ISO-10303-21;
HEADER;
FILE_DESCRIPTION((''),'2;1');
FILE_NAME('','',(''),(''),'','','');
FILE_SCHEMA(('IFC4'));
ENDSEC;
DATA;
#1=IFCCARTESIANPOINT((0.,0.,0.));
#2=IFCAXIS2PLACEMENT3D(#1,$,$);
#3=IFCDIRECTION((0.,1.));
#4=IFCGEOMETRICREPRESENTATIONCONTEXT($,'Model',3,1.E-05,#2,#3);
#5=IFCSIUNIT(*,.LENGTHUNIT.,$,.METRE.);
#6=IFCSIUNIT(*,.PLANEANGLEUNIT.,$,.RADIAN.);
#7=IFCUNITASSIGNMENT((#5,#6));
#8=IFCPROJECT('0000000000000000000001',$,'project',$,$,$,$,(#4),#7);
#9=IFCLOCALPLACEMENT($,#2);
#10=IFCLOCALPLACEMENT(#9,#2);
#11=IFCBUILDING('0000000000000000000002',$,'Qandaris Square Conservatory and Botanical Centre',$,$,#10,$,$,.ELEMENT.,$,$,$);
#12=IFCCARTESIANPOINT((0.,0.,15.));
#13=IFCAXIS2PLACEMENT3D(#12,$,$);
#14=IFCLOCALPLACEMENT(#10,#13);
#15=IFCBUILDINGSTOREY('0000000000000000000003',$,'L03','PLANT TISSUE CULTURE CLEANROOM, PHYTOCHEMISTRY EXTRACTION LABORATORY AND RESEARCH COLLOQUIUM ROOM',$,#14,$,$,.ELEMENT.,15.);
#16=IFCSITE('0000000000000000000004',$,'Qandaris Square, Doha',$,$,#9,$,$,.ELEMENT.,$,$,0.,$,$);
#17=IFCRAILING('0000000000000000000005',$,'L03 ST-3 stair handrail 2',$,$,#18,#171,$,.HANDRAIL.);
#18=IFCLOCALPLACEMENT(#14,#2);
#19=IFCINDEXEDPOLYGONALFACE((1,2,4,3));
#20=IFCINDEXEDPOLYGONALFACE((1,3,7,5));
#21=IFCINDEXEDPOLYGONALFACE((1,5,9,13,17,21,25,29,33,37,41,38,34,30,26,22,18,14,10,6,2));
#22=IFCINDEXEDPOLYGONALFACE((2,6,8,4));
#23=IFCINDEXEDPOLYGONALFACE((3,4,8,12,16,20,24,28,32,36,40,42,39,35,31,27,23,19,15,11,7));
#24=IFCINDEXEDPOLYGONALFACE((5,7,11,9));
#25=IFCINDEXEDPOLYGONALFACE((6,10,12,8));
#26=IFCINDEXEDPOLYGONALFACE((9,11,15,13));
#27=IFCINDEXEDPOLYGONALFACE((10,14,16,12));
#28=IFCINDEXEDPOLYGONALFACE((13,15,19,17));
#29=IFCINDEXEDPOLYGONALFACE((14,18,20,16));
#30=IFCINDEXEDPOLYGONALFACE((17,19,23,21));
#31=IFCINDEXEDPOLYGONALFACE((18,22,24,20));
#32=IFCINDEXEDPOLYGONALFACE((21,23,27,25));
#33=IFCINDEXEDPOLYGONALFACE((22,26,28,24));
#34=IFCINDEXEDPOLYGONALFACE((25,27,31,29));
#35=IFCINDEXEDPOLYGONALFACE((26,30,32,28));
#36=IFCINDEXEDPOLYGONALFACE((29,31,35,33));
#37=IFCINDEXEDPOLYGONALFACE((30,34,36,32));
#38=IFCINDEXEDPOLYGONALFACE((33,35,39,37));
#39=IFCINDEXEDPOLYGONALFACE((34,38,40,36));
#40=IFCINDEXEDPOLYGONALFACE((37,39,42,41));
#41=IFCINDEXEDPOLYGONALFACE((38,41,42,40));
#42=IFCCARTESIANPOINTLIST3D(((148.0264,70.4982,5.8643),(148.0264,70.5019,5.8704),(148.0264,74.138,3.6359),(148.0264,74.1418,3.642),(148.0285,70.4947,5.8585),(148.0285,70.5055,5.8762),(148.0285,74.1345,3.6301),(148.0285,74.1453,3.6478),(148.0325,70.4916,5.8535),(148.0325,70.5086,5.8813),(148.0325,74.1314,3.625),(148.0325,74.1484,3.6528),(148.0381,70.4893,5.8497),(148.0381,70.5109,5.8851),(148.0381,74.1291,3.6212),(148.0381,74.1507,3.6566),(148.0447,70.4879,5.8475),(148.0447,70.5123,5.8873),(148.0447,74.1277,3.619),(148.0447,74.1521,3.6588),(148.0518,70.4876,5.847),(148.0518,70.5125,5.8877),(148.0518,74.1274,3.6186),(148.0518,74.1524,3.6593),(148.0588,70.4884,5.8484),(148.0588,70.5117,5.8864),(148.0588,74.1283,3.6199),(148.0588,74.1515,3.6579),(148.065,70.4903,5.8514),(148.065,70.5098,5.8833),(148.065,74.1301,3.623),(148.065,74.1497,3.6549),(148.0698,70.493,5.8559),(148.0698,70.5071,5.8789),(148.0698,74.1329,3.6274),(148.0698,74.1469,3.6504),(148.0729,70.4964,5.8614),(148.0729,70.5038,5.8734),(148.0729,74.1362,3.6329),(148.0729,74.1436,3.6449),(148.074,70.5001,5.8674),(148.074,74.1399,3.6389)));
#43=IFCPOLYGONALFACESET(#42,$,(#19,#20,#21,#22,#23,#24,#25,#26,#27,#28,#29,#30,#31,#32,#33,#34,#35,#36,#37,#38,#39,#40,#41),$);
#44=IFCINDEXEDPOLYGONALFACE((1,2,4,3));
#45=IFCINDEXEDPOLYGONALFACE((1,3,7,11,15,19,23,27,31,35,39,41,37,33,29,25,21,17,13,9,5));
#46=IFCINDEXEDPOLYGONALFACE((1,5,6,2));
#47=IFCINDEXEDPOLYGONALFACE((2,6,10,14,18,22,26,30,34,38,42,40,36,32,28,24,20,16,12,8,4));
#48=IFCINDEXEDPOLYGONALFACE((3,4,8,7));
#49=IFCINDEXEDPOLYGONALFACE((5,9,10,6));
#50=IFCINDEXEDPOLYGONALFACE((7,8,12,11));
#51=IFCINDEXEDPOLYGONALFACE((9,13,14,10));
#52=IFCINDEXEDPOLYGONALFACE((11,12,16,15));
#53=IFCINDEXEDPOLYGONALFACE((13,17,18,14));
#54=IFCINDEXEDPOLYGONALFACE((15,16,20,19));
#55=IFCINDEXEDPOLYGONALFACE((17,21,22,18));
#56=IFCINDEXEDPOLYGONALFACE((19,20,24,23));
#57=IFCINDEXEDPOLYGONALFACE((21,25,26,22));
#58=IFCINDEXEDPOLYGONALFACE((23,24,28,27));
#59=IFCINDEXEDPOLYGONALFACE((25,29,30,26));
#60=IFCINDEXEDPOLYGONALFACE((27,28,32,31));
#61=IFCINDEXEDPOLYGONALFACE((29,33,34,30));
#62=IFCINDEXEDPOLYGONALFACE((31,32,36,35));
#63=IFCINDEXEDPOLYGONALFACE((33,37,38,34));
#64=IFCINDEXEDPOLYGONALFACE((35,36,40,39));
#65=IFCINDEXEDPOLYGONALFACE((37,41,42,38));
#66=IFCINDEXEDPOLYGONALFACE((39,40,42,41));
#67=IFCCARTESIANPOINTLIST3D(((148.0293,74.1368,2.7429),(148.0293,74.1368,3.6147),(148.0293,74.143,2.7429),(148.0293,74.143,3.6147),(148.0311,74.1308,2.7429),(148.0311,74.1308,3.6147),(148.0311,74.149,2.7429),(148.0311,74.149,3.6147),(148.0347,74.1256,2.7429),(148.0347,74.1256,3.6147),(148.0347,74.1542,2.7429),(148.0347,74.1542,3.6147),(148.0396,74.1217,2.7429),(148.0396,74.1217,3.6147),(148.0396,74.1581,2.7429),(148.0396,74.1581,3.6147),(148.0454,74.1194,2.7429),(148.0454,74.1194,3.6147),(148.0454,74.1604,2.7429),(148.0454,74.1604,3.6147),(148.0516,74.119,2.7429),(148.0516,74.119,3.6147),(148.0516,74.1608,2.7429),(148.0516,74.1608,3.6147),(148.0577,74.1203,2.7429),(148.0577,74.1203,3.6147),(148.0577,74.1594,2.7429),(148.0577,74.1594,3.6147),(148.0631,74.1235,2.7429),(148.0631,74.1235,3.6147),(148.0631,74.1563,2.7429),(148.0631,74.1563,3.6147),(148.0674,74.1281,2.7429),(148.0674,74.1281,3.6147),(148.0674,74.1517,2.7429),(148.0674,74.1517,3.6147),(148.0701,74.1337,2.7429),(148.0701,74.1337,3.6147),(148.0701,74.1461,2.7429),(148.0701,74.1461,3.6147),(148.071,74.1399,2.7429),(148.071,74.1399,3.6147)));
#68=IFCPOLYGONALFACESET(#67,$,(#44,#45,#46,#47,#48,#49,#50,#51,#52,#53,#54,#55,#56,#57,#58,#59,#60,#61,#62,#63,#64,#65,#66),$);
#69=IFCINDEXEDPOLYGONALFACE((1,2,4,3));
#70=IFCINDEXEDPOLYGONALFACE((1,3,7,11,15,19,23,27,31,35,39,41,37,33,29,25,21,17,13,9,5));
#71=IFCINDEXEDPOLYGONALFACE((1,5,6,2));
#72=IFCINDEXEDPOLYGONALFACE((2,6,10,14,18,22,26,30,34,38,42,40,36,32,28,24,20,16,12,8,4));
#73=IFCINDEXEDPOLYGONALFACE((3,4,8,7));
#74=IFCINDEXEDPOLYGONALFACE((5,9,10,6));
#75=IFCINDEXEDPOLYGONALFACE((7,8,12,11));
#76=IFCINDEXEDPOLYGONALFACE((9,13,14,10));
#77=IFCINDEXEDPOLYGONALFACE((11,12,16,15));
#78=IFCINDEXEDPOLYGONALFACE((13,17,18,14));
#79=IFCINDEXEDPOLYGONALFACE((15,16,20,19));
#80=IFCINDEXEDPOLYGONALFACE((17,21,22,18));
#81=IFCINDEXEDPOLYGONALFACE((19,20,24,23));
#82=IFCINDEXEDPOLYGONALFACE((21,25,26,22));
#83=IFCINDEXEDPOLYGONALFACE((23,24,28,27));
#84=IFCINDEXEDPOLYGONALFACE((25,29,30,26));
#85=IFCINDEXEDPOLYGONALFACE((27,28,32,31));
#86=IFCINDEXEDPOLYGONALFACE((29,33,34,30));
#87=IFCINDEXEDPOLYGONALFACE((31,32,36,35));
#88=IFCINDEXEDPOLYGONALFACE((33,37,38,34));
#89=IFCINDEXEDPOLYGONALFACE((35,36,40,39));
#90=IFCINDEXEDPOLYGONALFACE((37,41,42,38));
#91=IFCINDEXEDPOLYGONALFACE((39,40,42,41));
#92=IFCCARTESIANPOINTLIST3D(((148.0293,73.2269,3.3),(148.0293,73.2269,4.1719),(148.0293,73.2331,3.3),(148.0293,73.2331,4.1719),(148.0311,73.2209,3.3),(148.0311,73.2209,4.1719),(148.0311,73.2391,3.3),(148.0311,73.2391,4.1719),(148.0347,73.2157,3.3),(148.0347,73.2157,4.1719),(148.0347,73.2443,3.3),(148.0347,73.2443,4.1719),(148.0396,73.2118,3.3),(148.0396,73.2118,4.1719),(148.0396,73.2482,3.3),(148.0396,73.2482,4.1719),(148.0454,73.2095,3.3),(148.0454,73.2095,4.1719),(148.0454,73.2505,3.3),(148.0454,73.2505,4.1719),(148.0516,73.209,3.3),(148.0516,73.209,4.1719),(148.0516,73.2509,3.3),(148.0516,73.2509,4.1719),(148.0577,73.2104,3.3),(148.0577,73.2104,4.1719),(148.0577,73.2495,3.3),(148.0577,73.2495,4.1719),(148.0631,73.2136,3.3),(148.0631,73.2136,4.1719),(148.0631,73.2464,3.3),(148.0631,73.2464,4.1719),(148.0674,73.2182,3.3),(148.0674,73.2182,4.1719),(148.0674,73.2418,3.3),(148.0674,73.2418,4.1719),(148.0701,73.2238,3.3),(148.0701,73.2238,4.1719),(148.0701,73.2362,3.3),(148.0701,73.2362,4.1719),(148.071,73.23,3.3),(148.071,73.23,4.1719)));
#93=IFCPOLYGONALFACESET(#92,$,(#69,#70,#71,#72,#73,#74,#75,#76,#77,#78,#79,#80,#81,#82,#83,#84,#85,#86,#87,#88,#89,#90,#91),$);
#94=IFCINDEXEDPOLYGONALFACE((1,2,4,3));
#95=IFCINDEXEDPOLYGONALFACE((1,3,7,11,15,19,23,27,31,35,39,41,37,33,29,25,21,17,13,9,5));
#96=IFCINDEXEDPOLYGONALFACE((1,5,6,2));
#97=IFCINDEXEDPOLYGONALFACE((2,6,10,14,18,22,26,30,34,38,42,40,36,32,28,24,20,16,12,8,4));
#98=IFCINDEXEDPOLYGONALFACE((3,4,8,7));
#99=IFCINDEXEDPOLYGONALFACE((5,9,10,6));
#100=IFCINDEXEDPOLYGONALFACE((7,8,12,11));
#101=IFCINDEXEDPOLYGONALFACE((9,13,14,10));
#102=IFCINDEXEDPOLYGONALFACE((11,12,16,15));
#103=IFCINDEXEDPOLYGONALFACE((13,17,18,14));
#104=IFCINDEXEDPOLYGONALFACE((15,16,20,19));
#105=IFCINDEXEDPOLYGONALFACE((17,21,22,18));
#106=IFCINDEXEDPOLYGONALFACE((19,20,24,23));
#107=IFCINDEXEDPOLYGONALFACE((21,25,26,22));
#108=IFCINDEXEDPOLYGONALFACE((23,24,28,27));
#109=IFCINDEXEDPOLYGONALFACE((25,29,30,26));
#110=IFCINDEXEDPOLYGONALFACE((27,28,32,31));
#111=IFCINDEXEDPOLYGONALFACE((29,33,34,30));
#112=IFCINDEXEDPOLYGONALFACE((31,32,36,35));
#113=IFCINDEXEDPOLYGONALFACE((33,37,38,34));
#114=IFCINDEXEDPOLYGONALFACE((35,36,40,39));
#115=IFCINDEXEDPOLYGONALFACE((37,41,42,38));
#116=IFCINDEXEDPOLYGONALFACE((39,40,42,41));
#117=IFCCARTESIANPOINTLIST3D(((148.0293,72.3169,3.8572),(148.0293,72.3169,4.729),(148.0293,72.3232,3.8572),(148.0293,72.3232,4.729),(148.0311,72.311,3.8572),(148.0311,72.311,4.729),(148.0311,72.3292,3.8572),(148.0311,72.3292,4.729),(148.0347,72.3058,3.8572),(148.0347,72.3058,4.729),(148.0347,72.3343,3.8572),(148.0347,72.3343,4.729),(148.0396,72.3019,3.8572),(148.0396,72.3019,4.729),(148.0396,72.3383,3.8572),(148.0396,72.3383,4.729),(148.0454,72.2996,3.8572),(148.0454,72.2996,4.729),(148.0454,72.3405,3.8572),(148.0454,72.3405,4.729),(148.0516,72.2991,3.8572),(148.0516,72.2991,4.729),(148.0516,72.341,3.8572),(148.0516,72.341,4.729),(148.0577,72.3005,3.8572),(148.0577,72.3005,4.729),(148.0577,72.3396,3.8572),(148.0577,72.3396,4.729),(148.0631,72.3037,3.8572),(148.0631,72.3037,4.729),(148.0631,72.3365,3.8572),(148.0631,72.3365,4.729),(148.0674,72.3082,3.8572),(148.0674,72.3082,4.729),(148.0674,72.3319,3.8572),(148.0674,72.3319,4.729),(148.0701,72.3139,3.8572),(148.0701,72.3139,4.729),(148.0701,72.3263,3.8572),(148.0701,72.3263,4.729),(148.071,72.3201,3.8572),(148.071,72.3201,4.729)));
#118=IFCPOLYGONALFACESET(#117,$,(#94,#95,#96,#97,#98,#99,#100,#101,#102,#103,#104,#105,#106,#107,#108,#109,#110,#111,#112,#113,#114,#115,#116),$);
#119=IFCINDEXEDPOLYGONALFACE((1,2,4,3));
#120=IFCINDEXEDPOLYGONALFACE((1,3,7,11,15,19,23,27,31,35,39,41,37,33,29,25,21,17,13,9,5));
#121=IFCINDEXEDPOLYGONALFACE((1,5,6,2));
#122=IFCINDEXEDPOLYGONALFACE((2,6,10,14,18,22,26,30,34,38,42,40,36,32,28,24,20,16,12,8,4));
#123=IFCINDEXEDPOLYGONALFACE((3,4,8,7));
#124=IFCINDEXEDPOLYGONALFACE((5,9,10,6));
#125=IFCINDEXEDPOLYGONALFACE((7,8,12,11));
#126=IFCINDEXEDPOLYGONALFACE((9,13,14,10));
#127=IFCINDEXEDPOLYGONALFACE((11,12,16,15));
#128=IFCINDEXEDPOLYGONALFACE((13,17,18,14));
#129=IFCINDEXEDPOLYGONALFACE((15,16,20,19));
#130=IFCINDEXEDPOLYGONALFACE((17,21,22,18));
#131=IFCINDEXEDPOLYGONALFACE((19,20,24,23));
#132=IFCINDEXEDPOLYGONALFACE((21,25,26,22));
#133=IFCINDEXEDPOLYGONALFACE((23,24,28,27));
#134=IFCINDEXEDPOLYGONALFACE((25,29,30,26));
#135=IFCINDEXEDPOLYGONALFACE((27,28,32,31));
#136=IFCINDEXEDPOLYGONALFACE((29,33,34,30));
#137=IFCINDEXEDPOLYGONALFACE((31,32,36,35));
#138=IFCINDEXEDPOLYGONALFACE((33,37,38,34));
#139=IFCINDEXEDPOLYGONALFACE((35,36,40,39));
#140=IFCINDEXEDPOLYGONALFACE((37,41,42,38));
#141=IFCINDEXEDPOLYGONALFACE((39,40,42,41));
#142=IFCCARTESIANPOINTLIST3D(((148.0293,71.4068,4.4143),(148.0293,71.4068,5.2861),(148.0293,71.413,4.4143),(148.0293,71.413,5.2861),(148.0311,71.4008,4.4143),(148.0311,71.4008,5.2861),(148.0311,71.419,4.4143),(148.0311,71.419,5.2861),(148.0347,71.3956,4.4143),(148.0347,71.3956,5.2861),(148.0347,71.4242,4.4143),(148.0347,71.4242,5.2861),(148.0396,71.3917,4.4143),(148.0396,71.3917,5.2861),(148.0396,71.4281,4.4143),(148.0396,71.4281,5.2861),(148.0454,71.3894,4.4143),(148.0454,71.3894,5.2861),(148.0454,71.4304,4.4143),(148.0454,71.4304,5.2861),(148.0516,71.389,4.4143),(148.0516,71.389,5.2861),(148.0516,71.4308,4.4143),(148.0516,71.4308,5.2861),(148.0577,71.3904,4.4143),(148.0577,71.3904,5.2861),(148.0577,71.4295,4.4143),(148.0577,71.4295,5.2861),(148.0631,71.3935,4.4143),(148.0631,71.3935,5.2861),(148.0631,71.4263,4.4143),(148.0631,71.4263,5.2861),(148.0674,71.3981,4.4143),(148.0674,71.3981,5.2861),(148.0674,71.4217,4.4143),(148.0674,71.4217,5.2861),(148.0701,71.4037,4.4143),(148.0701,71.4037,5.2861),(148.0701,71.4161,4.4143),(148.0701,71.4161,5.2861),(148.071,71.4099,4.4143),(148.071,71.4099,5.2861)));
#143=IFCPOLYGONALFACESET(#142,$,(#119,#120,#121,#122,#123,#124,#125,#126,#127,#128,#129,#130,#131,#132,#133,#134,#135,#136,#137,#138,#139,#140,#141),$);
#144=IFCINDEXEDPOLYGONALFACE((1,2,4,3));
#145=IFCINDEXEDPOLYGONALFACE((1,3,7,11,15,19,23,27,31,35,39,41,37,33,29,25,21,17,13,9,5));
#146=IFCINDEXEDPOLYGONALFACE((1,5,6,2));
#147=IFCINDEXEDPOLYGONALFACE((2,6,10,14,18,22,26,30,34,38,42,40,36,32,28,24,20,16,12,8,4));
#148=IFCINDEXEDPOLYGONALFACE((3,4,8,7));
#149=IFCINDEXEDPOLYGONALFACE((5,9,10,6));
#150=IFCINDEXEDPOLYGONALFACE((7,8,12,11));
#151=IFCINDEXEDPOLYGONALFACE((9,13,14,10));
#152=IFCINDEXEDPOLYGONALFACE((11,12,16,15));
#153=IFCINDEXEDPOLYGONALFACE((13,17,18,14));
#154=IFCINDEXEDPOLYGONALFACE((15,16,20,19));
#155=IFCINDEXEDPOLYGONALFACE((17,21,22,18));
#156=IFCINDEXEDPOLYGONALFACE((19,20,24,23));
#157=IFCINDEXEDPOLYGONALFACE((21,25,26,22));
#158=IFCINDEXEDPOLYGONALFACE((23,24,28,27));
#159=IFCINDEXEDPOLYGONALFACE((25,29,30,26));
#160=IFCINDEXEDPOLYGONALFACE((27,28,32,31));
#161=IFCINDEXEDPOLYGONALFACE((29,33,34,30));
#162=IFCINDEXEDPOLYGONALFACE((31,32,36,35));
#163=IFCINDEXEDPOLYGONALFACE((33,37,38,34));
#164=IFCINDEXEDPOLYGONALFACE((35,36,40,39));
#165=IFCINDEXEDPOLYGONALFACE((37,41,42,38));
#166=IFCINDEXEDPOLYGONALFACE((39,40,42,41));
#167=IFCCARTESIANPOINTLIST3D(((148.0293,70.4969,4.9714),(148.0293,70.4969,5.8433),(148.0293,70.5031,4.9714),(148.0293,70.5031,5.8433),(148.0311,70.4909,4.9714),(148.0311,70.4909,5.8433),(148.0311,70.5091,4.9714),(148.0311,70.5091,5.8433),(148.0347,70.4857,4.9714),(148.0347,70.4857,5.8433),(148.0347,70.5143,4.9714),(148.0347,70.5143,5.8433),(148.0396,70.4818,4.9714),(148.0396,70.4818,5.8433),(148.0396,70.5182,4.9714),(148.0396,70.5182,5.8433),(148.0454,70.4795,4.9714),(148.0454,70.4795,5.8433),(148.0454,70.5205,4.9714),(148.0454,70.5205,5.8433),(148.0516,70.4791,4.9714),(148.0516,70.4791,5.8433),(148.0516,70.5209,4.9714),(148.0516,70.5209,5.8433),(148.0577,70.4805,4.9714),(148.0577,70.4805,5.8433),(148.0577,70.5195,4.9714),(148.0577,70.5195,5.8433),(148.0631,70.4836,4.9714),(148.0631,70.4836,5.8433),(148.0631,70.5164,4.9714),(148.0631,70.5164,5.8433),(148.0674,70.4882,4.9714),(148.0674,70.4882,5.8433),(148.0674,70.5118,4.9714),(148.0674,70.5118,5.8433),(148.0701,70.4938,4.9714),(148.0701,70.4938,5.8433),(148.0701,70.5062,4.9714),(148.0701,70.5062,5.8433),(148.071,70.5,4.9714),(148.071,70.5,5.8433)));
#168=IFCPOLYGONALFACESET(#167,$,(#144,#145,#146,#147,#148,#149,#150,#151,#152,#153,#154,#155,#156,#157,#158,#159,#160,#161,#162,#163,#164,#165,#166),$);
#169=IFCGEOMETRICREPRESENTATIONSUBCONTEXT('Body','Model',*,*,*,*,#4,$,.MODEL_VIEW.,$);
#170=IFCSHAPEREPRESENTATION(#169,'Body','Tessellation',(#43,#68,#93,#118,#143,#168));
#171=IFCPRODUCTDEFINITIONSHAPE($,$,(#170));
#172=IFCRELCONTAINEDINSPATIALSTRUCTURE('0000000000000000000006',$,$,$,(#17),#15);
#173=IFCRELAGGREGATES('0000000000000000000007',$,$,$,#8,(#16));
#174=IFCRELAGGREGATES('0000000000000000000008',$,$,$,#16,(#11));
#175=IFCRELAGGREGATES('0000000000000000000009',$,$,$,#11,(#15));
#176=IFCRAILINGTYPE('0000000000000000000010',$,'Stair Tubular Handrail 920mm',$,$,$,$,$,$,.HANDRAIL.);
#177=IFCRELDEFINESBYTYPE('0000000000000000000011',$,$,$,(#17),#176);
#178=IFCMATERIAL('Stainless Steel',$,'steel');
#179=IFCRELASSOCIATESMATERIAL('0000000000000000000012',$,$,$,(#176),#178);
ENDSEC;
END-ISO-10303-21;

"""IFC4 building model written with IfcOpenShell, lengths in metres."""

from ifc_helpers import new_model, si_unit, direction, frame, origin, origin_2d, place, context, subcontext, project, spatial, circle, extrude, material, type_object, element, save


model = new_model("IFC4")

# Units and contexts
model_context = context("Model", 3, precision=1e-05, world=origin(), true_north=direction((0.0, 1.0)))
body_context = subcontext(model_context, "Body", "Model", "MODEL_VIEW")
ifc_project = project(units=[si_unit("LENGTHUNIT", "METRE"), si_unit("PLANEANGLEUNIT", "RADIAN")], contexts=[model_context])

# Site, building, storey
site_placement = place(None, origin())
site = spatial("IfcSite", under=ifc_project, at=site_placement, Name="Qandaris Square, Doha", CompositionType="ELEMENT", RefElevation=0.0)
building_placement = place(site_placement, origin())
building = spatial("IfcBuilding", under=site, at=building_placement, Name="Qandaris Square Conservatory and Botanical Centre", CompositionType="ELEMENT")
storey_placement = place(building_placement, frame((0.0, 0.0, 15.0)))
storey = spatial("IfcBuildingStorey", under=building, at=storey_placement, Name="L03", Description="PLANT TISSUE CULTURE CLEANROOM, PHYTOCHEMISTRY EXTRACTION LABORATORY AND RESEARCH COLLOQUIUM ROOM", CompositionType="ELEMENT", Elevation=15.0)

# Railing
ifc_material_1 = material(Name="Stainless Steel", Category="steel")
railing_type_1 = type_object("IfcRailingType", Name="Stair Tubular Handrail 920mm", PredefinedType="HANDRAIL", material=ifc_material_1)
railing_1_placement = place(storey_placement, frame((148.05, 74.1399, 2.7429)))
element("IfcRailing", 1, at=railing_1_placement, inside=storey, type_object=railing_type_1, Name="L03 ST-3 stair handrail 2", PredefinedType="HANDRAIL", context=body_context, shape_type="SweptSolid", body=[
    extrude(circle(Radius=0.0239, at=origin_2d()), frame((0.0, 0.0, 0.896), z_axis=(0.0, -0.85285, 0.522156), x_axis=(1.0, 0.0, 0.0)), (0.0, 0.0, 1.0), 4.2678),
    extrude(circle(Radius=0.021, at=origin_2d()), origin(), (0.0, 0.0, 1.0), 0.8718),
    extrude(circle(Radius=0.021, at=origin_2d()), frame((0.0, -0.9099, 0.5571)), (0.0, 0.0, 1.0), 0.8718),
    extrude(circle(Radius=0.021, at=origin_2d()), frame((0.0, -1.8198, 1.1143)), (0.0, 0.0, 1.0), 0.8718),
    extrude(circle(Radius=0.021, at=origin_2d()), frame((0.0, -2.73, 1.6714)), (0.0, 0.0, 1.0), 0.8718),
    extrude(circle(Radius=0.021, at=origin_2d()), frame((0.0, -3.6399, 2.2285)), (0.0, 0.0, 1.0), 0.8718),
])

save(model, "model.ifc")
